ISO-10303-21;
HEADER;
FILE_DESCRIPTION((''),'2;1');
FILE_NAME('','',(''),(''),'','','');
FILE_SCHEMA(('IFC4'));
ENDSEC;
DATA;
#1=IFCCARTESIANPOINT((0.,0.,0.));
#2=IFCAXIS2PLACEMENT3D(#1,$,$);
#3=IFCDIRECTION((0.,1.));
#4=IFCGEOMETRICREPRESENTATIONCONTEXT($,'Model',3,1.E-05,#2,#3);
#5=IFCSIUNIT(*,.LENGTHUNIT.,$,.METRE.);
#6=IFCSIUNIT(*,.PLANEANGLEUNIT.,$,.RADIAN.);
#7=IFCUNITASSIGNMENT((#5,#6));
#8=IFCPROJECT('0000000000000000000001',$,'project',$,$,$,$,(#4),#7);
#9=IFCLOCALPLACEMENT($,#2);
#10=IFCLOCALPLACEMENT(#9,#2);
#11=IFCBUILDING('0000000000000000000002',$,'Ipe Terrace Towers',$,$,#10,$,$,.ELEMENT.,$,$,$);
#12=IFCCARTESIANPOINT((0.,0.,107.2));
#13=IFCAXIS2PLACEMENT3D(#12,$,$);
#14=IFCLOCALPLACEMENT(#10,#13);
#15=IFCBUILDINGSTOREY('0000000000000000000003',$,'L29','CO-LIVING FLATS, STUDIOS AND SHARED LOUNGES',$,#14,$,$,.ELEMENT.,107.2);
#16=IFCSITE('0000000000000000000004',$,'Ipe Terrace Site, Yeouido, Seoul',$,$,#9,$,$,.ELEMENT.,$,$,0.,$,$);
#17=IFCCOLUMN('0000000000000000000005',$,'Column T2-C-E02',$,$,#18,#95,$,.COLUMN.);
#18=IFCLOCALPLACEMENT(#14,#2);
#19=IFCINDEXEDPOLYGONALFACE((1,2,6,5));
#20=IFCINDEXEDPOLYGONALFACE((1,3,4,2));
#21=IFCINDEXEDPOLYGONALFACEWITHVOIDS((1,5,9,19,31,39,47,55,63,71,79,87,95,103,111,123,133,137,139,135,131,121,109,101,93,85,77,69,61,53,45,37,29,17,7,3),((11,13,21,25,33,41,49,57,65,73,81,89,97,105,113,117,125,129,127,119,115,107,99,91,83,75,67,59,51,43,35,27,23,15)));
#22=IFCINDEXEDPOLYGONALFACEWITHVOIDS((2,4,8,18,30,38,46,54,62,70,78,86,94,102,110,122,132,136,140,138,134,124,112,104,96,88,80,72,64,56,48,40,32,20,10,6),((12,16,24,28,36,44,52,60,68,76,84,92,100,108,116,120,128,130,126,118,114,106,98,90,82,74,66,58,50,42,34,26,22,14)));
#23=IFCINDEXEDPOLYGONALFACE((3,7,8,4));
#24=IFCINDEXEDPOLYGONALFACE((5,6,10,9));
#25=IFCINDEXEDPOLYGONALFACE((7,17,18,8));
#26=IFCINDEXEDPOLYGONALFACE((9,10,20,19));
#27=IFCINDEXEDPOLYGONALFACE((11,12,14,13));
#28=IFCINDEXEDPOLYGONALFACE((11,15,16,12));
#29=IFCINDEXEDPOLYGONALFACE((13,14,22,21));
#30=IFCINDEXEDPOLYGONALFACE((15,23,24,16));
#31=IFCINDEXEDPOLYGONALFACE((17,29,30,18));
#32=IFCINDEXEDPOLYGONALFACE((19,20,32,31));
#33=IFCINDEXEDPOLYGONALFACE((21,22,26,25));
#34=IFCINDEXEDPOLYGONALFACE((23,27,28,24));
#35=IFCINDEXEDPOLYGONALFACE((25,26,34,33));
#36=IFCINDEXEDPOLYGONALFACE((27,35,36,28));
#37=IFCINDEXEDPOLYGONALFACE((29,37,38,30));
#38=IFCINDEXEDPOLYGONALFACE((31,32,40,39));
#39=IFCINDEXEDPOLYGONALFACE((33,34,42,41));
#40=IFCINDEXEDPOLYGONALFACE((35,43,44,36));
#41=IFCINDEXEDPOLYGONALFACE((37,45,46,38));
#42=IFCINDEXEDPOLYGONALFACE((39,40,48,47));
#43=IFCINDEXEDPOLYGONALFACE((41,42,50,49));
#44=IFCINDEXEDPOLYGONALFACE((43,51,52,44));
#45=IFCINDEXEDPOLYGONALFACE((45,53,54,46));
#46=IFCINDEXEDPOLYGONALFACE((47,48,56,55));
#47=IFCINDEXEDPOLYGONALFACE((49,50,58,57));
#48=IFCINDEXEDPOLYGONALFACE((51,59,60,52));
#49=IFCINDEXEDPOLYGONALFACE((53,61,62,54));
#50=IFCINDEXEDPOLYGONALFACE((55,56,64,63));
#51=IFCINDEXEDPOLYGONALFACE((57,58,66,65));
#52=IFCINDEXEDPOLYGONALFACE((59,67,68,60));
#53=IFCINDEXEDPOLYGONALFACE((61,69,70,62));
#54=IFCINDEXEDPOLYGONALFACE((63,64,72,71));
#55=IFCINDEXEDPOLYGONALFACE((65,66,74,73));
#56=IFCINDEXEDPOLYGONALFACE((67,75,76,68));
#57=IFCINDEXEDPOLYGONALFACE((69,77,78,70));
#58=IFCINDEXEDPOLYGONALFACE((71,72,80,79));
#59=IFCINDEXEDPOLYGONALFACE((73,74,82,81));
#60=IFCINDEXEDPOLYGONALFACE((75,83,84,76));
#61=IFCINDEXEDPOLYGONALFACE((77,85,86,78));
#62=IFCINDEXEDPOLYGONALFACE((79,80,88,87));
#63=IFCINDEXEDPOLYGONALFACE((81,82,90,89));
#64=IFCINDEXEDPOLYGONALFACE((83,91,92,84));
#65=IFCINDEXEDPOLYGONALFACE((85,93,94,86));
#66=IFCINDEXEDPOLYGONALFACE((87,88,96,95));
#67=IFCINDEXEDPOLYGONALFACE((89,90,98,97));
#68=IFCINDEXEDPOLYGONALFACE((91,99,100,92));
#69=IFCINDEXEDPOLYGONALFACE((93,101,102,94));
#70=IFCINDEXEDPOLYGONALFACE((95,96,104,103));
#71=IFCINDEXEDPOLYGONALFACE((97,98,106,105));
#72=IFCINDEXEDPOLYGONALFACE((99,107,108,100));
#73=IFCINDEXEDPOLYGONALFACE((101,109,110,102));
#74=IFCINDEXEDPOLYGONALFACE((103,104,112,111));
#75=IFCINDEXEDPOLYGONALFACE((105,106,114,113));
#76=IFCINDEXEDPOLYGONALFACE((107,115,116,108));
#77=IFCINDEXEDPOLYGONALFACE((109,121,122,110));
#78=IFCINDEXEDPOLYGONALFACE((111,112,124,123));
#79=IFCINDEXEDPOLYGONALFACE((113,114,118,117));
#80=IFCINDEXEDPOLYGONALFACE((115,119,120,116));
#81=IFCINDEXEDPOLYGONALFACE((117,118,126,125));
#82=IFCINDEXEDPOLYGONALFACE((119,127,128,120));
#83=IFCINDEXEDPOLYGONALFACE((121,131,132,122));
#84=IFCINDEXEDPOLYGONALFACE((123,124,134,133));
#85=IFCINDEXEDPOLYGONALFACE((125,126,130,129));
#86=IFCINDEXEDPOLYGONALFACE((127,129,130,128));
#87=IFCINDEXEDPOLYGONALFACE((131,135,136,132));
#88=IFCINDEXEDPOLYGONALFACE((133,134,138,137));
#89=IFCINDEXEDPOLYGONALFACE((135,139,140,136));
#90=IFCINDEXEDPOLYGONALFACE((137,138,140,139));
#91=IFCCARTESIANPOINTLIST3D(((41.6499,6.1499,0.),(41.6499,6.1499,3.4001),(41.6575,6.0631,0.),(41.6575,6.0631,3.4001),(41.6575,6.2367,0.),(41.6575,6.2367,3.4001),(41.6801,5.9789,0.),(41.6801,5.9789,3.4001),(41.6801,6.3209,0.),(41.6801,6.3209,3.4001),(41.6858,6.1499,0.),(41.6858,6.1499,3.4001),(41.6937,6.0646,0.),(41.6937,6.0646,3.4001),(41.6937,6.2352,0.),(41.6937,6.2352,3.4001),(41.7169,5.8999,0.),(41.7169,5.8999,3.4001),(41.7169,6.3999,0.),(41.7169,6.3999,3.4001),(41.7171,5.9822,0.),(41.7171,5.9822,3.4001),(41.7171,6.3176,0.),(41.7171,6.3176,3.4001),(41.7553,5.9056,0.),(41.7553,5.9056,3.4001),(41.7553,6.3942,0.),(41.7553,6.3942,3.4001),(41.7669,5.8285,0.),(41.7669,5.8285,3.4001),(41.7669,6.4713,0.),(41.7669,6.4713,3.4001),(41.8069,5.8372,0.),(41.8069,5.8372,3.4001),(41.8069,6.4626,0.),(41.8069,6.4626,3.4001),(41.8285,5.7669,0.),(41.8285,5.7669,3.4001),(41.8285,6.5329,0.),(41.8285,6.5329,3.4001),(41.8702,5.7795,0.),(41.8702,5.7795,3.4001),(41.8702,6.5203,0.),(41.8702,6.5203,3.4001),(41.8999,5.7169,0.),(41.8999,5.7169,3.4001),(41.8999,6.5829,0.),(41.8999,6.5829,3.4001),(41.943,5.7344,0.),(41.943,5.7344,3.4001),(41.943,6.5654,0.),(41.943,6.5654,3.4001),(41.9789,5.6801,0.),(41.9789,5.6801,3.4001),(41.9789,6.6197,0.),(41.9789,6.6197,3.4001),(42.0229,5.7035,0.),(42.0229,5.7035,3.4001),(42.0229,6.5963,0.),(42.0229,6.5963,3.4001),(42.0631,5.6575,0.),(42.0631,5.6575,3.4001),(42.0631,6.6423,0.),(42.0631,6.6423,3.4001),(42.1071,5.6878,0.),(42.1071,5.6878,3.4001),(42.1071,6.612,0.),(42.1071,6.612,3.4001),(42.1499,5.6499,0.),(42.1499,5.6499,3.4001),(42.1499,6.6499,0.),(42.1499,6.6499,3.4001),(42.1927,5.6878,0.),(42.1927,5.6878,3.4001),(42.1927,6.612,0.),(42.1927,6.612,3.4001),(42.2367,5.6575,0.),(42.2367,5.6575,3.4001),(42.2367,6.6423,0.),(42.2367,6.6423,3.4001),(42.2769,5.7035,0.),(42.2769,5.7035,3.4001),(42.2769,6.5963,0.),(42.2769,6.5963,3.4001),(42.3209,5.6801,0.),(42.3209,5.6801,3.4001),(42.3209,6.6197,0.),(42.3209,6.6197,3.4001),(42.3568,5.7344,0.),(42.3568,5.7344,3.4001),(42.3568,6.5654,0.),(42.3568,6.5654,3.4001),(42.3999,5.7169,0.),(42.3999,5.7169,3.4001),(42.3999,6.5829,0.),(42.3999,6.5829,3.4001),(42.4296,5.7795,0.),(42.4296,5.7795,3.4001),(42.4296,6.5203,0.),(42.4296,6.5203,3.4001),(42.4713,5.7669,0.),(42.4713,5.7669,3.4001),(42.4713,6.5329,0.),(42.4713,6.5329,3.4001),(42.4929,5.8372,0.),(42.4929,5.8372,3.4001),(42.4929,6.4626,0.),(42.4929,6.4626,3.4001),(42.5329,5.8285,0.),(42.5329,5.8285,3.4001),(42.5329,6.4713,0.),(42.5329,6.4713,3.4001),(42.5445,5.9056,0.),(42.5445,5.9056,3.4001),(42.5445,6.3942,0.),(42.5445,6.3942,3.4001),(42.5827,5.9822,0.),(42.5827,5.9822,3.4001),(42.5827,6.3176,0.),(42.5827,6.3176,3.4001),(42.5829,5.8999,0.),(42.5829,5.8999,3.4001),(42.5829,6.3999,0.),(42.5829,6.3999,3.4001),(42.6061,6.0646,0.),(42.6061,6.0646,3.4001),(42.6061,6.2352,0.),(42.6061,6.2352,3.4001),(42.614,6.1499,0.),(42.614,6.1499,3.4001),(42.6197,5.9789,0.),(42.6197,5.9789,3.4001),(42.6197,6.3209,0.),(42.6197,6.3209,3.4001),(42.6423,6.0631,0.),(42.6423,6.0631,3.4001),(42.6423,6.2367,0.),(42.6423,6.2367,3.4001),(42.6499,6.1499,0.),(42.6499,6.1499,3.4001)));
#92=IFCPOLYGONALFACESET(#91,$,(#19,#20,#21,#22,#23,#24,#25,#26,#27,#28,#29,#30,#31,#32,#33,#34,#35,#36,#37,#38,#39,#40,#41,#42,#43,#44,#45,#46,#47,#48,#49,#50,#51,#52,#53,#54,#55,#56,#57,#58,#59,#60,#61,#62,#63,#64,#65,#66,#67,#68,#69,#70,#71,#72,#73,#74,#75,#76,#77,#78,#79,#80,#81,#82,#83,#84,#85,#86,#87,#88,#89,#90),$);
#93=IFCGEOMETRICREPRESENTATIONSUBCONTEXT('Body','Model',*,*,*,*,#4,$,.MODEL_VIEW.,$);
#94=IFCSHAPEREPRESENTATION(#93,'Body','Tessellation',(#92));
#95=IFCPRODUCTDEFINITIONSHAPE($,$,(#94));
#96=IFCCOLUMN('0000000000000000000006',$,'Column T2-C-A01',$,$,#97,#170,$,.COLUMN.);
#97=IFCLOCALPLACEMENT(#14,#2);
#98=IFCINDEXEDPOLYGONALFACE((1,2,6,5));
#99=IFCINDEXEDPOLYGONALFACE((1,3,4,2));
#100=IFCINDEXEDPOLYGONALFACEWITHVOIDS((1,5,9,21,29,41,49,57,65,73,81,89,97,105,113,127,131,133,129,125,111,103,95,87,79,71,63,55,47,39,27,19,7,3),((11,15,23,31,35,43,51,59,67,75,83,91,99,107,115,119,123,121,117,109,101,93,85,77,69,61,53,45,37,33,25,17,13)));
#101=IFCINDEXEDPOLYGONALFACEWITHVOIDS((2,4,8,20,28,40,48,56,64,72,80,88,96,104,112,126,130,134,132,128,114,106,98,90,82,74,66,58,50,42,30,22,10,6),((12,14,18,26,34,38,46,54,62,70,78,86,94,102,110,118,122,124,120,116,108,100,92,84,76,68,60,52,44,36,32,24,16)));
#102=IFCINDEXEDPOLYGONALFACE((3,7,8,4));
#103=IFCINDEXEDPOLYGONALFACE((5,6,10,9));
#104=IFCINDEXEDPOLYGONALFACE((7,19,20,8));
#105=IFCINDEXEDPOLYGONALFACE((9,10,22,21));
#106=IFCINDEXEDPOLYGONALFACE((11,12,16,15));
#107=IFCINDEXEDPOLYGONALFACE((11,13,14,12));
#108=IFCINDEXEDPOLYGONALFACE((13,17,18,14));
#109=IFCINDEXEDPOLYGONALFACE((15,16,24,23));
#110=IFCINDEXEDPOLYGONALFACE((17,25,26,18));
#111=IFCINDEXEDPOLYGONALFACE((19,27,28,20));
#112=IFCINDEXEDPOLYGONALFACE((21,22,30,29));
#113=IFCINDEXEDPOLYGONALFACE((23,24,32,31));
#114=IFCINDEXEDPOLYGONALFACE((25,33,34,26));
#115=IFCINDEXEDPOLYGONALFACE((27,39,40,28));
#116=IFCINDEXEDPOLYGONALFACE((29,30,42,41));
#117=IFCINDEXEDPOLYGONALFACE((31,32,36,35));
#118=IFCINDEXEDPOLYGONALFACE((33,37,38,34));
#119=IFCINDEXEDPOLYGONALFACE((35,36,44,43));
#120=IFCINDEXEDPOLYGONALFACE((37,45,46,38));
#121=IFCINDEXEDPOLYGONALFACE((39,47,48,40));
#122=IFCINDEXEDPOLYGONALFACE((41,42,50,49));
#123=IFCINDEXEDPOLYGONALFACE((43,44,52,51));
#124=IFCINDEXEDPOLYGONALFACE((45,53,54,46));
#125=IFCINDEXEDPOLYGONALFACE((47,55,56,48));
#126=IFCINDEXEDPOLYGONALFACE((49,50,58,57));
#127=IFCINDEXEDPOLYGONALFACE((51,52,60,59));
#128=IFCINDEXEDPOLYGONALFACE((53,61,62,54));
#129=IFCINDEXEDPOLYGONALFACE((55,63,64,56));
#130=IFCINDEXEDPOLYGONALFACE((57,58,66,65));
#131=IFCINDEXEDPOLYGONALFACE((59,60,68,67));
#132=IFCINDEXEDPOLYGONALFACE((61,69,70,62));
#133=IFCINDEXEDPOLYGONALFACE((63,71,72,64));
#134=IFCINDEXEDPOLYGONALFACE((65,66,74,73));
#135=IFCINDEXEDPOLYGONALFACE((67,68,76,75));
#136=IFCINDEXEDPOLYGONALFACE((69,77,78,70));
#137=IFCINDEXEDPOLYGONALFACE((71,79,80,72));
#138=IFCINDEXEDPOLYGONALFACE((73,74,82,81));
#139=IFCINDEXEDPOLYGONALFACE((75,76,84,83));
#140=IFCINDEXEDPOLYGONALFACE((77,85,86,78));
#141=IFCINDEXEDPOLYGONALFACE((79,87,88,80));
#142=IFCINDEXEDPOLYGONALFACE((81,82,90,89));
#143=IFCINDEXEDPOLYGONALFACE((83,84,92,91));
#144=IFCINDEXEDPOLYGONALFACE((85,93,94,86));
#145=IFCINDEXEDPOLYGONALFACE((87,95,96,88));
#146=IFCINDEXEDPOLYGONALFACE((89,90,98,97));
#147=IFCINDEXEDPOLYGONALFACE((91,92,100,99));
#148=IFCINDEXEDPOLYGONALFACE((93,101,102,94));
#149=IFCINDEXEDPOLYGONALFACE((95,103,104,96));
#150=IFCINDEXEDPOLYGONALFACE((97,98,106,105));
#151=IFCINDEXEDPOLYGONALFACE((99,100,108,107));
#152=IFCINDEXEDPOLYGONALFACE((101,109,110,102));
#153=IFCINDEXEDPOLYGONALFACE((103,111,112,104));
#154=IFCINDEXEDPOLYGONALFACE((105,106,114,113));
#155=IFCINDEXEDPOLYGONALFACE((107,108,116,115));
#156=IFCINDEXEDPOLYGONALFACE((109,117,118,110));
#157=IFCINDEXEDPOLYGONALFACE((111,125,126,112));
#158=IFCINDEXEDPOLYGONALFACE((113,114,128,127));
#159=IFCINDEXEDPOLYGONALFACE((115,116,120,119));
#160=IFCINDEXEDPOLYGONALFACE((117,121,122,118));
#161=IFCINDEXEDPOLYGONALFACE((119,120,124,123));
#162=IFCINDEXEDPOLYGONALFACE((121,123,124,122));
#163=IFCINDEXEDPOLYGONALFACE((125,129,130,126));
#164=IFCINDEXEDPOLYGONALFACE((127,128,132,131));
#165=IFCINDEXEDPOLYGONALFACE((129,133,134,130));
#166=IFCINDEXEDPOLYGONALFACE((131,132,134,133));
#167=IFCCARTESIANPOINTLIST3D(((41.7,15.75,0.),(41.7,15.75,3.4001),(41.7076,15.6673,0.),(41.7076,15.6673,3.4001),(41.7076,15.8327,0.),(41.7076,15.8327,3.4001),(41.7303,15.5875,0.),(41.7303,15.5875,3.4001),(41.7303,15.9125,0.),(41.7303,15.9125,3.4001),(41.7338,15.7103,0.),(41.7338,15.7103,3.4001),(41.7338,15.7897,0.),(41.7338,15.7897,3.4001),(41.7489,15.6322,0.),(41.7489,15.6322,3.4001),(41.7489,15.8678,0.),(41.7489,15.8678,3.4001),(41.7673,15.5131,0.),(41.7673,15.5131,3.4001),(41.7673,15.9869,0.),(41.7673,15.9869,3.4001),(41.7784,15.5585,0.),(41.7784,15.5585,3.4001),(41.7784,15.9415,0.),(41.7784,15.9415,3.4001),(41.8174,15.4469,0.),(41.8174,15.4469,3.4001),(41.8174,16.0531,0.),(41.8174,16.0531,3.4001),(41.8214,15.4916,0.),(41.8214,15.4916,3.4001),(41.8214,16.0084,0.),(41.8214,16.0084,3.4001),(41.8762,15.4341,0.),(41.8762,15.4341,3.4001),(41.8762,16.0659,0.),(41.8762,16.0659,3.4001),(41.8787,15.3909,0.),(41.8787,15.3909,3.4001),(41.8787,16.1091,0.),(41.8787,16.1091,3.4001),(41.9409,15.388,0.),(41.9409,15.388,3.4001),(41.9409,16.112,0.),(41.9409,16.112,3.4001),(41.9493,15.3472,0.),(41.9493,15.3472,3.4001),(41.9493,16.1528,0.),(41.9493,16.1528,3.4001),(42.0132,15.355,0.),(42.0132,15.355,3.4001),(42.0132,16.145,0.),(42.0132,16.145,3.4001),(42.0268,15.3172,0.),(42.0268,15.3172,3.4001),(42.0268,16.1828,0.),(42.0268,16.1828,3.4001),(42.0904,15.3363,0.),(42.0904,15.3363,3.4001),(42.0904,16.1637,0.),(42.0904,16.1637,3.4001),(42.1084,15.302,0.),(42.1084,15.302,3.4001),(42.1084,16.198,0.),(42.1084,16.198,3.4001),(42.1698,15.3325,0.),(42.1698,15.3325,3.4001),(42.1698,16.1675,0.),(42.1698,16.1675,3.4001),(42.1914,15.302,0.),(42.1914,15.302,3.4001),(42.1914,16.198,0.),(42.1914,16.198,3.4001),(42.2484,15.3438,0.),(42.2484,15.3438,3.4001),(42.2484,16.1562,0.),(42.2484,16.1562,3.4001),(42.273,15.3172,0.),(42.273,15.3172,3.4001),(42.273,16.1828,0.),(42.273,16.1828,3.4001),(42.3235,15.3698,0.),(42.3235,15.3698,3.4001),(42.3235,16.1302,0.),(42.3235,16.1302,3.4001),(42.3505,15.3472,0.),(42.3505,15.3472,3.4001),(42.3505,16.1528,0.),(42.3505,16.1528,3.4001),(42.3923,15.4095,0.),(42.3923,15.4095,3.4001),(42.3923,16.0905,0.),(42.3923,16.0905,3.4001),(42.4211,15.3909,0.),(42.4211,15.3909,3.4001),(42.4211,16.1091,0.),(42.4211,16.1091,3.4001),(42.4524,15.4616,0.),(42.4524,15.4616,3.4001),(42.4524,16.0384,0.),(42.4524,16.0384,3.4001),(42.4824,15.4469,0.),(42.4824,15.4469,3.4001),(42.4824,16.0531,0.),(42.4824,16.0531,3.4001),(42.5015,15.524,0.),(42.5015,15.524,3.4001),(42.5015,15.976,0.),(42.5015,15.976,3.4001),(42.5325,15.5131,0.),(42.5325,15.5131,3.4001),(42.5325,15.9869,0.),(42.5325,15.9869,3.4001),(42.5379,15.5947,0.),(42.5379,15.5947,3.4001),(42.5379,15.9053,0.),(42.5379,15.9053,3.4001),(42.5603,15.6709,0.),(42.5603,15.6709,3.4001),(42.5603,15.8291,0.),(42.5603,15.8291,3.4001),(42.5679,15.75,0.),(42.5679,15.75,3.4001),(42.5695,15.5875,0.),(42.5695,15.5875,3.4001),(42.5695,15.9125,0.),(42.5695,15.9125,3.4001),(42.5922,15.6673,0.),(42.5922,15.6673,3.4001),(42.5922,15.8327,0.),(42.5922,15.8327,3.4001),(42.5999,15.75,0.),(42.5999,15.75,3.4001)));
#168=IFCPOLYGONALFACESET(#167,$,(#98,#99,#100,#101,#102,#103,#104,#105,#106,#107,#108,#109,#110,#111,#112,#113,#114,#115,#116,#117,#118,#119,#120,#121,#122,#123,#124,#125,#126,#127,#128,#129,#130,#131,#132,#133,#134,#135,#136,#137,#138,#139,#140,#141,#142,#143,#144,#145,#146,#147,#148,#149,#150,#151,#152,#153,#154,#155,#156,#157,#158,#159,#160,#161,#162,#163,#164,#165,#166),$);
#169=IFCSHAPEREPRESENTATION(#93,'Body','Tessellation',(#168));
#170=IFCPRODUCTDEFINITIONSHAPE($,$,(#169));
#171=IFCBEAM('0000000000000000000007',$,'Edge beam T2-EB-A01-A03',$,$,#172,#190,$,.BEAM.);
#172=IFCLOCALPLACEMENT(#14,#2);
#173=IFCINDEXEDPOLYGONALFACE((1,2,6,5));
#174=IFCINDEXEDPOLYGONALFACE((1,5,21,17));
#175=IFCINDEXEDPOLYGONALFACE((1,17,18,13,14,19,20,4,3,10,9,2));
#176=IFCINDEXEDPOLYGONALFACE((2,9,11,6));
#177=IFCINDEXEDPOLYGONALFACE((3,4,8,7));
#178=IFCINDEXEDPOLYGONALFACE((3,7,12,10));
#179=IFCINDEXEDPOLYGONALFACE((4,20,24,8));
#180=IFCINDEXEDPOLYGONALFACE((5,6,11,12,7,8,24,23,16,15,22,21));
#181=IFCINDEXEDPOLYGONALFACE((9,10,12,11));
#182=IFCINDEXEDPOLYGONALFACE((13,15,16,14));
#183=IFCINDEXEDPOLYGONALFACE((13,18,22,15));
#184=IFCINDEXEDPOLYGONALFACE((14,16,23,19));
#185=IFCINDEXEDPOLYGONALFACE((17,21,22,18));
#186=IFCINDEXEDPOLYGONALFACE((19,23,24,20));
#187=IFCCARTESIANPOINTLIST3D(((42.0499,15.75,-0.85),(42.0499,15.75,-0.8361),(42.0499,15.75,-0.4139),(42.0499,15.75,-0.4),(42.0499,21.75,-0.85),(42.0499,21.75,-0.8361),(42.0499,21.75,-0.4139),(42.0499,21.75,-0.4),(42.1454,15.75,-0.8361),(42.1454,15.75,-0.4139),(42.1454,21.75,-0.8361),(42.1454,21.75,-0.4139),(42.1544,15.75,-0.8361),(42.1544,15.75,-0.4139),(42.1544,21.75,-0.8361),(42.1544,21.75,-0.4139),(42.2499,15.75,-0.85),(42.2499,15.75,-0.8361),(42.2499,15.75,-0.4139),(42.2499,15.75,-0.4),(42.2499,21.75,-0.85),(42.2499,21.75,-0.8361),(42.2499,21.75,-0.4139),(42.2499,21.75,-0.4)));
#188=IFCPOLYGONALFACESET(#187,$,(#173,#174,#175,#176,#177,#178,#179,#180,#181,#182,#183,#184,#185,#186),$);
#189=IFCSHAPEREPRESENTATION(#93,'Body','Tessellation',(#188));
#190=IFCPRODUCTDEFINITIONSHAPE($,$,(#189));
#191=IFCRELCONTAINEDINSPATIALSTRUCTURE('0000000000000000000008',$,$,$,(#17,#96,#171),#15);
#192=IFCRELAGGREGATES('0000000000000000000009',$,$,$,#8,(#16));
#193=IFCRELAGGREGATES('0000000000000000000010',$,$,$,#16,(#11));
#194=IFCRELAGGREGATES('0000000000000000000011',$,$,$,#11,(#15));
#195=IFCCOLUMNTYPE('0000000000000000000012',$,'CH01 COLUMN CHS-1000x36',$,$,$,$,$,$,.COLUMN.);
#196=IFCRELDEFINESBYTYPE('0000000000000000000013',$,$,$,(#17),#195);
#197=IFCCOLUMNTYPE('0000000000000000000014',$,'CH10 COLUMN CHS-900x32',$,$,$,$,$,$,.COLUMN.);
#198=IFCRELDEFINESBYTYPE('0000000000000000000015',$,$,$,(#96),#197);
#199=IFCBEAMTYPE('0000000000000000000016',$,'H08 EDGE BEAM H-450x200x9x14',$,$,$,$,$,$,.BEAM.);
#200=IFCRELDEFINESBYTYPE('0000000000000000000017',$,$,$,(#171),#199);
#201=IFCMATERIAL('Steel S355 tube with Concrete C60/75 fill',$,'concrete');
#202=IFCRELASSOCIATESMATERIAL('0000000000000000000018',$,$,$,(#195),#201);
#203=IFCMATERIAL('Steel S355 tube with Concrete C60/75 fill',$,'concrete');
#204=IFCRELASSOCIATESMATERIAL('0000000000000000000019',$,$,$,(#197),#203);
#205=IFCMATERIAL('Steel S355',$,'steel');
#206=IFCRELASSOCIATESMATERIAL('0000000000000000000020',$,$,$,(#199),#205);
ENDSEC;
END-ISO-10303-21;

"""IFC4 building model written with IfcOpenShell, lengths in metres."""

from ifc_helpers import new_model, si_unit, direction, frame, origin, origin_2d, place, context, subcontext, project, spatial, hollow_circle, i_section, extrude, material, material_profile, profile_set, type_object, element, save


model = new_model("IFC4")

# Units and contexts
model_context = context("Model", 3, precision=1e-05, world=origin(), true_north=direction((0.0, 1.0)))
body_context = subcontext(model_context, "Body", "Model", "MODEL_VIEW")
ifc_project = project(units=[si_unit("LENGTHUNIT", "METRE"), si_unit("PLANEANGLEUNIT", "RADIAN")], contexts=[model_context])

# Site, building, storey
site_placement = place(None, origin())
site = spatial("IfcSite", under=ifc_project, at=site_placement, Name="Ipe Terrace Site, Yeouido, Seoul", CompositionType="ELEMENT", RefElevation=0.0)
building_placement = place(site_placement, origin())
building = spatial("IfcBuilding", under=site, at=building_placement, Name="Ipe Terrace Towers", CompositionType="ELEMENT")
storey_placement = place(building_placement, frame((0.0, 0.0, 107.2)))
storey = spatial("IfcBuildingStorey", under=building, at=storey_placement, Name="L29", Description="CO-LIVING FLATS, STUDIOS AND SHARED LOUNGES", CompositionType="ELEMENT", Elevation=107.2)

# Columns
ifc_material_1 = material(Name="Steel S355 tube with Concrete C60/75 fill", Category="concrete")
ifc_material_profile_1 = material_profile(ifc_material_1, hollow_circle(Radius=0.5, WallThickness=0.0359, at=origin_2d()), Name="CHS-1000x36")
ifc_profile_set_1 = profile_set([ifc_material_profile_1], Name="Steel S355 tube with Concrete C60/75 fill")
column_type_1 = type_object("IfcColumnType", Name="CH01 COLUMN CHS-1000x36", PredefinedType="COLUMN", material=ifc_profile_set_1)
column_1_placement = place(storey_placement, frame((42.1499, 6.1499, 0.0), z_axis=(0.0, 0.0, 1.0), x_axis=(1.0, 0.0, 0.0)))
element("IfcColumn", 1, at=column_1_placement, inside=storey, type_object=column_type_1, Name="Column T2-C-E02", PredefinedType="COLUMN", context=body_context, shape_type="SweptSolid", body=[
    extrude(hollow_circle(Radius=0.5, WallThickness=0.0359, at=origin_2d()), origin(), (0.0, 0.0, 1.0), 3.4001),
])
ifc_material_2 = material(Name="Steel S355 tube with Concrete C60/75 fill", Category="concrete")
ifc_material_profile_2 = material_profile(ifc_material_2, hollow_circle(Radius=0.45, WallThickness=0.032, at=origin_2d()), Name="CHS-900x32")
ifc_profile_set_2 = profile_set([ifc_material_profile_2], Name="Steel S355 tube with Concrete C60/75 fill")
column_type_2 = type_object("IfcColumnType", Name="CH10 COLUMN CHS-900x32", PredefinedType="COLUMN", material=ifc_profile_set_2)
column_2_placement = place(storey_placement, frame((42.1499, 15.75, 0.0), z_axis=(0.0, 0.0, 1.0), x_axis=(1.0, 0.0, 0.0)))
element("IfcColumn", 2, at=column_2_placement, inside=storey, type_object=column_type_2, Name="Column T2-C-A01", PredefinedType="COLUMN", context=body_context, shape_type="SweptSolid", body=[
    extrude(hollow_circle(Radius=0.45, WallThickness=0.032, at=origin_2d()), origin(), (0.0, 0.0, 1.0), 3.4001),
])

# Beam
ifc_material_3 = material(Name="Steel S355", Category="steel")
ifc_material_profile_3 = material_profile(ifc_material_3, i_section(OverallWidth=0.2, OverallDepth=0.45, WebThickness=0.009, FlangeThickness=0.0139, at=origin_2d()), Name="H-450x200x9x14")
ifc_profile_set_3 = profile_set([ifc_material_profile_3], Name="Steel S355")
beam_type = type_object("IfcBeamType", Name="H08 EDGE BEAM H-450x200x9x14", PredefinedType="BEAM", material=ifc_profile_set_3)
beam_placement = place(storey_placement, frame((42.1499, 15.75, -0.625), z_axis=(0.0, 1.0, 0.0), x_axis=(-1.0, 0.0, 0.0)))
element("IfcBeam", 3, at=beam_placement, inside=storey, type_object=beam_type, Name="Edge beam T2-EB-A01-A03", PredefinedType="BEAM", context=body_context, shape_type="SweptSolid", body=[
    extrude(i_section(OverallWidth=0.2, OverallDepth=0.45, WebThickness=0.009, FlangeThickness=0.0139, at=origin_2d()), origin(), (0.0, 0.0, 1.0), 6.0),
])

save(model, "model.ifc")
